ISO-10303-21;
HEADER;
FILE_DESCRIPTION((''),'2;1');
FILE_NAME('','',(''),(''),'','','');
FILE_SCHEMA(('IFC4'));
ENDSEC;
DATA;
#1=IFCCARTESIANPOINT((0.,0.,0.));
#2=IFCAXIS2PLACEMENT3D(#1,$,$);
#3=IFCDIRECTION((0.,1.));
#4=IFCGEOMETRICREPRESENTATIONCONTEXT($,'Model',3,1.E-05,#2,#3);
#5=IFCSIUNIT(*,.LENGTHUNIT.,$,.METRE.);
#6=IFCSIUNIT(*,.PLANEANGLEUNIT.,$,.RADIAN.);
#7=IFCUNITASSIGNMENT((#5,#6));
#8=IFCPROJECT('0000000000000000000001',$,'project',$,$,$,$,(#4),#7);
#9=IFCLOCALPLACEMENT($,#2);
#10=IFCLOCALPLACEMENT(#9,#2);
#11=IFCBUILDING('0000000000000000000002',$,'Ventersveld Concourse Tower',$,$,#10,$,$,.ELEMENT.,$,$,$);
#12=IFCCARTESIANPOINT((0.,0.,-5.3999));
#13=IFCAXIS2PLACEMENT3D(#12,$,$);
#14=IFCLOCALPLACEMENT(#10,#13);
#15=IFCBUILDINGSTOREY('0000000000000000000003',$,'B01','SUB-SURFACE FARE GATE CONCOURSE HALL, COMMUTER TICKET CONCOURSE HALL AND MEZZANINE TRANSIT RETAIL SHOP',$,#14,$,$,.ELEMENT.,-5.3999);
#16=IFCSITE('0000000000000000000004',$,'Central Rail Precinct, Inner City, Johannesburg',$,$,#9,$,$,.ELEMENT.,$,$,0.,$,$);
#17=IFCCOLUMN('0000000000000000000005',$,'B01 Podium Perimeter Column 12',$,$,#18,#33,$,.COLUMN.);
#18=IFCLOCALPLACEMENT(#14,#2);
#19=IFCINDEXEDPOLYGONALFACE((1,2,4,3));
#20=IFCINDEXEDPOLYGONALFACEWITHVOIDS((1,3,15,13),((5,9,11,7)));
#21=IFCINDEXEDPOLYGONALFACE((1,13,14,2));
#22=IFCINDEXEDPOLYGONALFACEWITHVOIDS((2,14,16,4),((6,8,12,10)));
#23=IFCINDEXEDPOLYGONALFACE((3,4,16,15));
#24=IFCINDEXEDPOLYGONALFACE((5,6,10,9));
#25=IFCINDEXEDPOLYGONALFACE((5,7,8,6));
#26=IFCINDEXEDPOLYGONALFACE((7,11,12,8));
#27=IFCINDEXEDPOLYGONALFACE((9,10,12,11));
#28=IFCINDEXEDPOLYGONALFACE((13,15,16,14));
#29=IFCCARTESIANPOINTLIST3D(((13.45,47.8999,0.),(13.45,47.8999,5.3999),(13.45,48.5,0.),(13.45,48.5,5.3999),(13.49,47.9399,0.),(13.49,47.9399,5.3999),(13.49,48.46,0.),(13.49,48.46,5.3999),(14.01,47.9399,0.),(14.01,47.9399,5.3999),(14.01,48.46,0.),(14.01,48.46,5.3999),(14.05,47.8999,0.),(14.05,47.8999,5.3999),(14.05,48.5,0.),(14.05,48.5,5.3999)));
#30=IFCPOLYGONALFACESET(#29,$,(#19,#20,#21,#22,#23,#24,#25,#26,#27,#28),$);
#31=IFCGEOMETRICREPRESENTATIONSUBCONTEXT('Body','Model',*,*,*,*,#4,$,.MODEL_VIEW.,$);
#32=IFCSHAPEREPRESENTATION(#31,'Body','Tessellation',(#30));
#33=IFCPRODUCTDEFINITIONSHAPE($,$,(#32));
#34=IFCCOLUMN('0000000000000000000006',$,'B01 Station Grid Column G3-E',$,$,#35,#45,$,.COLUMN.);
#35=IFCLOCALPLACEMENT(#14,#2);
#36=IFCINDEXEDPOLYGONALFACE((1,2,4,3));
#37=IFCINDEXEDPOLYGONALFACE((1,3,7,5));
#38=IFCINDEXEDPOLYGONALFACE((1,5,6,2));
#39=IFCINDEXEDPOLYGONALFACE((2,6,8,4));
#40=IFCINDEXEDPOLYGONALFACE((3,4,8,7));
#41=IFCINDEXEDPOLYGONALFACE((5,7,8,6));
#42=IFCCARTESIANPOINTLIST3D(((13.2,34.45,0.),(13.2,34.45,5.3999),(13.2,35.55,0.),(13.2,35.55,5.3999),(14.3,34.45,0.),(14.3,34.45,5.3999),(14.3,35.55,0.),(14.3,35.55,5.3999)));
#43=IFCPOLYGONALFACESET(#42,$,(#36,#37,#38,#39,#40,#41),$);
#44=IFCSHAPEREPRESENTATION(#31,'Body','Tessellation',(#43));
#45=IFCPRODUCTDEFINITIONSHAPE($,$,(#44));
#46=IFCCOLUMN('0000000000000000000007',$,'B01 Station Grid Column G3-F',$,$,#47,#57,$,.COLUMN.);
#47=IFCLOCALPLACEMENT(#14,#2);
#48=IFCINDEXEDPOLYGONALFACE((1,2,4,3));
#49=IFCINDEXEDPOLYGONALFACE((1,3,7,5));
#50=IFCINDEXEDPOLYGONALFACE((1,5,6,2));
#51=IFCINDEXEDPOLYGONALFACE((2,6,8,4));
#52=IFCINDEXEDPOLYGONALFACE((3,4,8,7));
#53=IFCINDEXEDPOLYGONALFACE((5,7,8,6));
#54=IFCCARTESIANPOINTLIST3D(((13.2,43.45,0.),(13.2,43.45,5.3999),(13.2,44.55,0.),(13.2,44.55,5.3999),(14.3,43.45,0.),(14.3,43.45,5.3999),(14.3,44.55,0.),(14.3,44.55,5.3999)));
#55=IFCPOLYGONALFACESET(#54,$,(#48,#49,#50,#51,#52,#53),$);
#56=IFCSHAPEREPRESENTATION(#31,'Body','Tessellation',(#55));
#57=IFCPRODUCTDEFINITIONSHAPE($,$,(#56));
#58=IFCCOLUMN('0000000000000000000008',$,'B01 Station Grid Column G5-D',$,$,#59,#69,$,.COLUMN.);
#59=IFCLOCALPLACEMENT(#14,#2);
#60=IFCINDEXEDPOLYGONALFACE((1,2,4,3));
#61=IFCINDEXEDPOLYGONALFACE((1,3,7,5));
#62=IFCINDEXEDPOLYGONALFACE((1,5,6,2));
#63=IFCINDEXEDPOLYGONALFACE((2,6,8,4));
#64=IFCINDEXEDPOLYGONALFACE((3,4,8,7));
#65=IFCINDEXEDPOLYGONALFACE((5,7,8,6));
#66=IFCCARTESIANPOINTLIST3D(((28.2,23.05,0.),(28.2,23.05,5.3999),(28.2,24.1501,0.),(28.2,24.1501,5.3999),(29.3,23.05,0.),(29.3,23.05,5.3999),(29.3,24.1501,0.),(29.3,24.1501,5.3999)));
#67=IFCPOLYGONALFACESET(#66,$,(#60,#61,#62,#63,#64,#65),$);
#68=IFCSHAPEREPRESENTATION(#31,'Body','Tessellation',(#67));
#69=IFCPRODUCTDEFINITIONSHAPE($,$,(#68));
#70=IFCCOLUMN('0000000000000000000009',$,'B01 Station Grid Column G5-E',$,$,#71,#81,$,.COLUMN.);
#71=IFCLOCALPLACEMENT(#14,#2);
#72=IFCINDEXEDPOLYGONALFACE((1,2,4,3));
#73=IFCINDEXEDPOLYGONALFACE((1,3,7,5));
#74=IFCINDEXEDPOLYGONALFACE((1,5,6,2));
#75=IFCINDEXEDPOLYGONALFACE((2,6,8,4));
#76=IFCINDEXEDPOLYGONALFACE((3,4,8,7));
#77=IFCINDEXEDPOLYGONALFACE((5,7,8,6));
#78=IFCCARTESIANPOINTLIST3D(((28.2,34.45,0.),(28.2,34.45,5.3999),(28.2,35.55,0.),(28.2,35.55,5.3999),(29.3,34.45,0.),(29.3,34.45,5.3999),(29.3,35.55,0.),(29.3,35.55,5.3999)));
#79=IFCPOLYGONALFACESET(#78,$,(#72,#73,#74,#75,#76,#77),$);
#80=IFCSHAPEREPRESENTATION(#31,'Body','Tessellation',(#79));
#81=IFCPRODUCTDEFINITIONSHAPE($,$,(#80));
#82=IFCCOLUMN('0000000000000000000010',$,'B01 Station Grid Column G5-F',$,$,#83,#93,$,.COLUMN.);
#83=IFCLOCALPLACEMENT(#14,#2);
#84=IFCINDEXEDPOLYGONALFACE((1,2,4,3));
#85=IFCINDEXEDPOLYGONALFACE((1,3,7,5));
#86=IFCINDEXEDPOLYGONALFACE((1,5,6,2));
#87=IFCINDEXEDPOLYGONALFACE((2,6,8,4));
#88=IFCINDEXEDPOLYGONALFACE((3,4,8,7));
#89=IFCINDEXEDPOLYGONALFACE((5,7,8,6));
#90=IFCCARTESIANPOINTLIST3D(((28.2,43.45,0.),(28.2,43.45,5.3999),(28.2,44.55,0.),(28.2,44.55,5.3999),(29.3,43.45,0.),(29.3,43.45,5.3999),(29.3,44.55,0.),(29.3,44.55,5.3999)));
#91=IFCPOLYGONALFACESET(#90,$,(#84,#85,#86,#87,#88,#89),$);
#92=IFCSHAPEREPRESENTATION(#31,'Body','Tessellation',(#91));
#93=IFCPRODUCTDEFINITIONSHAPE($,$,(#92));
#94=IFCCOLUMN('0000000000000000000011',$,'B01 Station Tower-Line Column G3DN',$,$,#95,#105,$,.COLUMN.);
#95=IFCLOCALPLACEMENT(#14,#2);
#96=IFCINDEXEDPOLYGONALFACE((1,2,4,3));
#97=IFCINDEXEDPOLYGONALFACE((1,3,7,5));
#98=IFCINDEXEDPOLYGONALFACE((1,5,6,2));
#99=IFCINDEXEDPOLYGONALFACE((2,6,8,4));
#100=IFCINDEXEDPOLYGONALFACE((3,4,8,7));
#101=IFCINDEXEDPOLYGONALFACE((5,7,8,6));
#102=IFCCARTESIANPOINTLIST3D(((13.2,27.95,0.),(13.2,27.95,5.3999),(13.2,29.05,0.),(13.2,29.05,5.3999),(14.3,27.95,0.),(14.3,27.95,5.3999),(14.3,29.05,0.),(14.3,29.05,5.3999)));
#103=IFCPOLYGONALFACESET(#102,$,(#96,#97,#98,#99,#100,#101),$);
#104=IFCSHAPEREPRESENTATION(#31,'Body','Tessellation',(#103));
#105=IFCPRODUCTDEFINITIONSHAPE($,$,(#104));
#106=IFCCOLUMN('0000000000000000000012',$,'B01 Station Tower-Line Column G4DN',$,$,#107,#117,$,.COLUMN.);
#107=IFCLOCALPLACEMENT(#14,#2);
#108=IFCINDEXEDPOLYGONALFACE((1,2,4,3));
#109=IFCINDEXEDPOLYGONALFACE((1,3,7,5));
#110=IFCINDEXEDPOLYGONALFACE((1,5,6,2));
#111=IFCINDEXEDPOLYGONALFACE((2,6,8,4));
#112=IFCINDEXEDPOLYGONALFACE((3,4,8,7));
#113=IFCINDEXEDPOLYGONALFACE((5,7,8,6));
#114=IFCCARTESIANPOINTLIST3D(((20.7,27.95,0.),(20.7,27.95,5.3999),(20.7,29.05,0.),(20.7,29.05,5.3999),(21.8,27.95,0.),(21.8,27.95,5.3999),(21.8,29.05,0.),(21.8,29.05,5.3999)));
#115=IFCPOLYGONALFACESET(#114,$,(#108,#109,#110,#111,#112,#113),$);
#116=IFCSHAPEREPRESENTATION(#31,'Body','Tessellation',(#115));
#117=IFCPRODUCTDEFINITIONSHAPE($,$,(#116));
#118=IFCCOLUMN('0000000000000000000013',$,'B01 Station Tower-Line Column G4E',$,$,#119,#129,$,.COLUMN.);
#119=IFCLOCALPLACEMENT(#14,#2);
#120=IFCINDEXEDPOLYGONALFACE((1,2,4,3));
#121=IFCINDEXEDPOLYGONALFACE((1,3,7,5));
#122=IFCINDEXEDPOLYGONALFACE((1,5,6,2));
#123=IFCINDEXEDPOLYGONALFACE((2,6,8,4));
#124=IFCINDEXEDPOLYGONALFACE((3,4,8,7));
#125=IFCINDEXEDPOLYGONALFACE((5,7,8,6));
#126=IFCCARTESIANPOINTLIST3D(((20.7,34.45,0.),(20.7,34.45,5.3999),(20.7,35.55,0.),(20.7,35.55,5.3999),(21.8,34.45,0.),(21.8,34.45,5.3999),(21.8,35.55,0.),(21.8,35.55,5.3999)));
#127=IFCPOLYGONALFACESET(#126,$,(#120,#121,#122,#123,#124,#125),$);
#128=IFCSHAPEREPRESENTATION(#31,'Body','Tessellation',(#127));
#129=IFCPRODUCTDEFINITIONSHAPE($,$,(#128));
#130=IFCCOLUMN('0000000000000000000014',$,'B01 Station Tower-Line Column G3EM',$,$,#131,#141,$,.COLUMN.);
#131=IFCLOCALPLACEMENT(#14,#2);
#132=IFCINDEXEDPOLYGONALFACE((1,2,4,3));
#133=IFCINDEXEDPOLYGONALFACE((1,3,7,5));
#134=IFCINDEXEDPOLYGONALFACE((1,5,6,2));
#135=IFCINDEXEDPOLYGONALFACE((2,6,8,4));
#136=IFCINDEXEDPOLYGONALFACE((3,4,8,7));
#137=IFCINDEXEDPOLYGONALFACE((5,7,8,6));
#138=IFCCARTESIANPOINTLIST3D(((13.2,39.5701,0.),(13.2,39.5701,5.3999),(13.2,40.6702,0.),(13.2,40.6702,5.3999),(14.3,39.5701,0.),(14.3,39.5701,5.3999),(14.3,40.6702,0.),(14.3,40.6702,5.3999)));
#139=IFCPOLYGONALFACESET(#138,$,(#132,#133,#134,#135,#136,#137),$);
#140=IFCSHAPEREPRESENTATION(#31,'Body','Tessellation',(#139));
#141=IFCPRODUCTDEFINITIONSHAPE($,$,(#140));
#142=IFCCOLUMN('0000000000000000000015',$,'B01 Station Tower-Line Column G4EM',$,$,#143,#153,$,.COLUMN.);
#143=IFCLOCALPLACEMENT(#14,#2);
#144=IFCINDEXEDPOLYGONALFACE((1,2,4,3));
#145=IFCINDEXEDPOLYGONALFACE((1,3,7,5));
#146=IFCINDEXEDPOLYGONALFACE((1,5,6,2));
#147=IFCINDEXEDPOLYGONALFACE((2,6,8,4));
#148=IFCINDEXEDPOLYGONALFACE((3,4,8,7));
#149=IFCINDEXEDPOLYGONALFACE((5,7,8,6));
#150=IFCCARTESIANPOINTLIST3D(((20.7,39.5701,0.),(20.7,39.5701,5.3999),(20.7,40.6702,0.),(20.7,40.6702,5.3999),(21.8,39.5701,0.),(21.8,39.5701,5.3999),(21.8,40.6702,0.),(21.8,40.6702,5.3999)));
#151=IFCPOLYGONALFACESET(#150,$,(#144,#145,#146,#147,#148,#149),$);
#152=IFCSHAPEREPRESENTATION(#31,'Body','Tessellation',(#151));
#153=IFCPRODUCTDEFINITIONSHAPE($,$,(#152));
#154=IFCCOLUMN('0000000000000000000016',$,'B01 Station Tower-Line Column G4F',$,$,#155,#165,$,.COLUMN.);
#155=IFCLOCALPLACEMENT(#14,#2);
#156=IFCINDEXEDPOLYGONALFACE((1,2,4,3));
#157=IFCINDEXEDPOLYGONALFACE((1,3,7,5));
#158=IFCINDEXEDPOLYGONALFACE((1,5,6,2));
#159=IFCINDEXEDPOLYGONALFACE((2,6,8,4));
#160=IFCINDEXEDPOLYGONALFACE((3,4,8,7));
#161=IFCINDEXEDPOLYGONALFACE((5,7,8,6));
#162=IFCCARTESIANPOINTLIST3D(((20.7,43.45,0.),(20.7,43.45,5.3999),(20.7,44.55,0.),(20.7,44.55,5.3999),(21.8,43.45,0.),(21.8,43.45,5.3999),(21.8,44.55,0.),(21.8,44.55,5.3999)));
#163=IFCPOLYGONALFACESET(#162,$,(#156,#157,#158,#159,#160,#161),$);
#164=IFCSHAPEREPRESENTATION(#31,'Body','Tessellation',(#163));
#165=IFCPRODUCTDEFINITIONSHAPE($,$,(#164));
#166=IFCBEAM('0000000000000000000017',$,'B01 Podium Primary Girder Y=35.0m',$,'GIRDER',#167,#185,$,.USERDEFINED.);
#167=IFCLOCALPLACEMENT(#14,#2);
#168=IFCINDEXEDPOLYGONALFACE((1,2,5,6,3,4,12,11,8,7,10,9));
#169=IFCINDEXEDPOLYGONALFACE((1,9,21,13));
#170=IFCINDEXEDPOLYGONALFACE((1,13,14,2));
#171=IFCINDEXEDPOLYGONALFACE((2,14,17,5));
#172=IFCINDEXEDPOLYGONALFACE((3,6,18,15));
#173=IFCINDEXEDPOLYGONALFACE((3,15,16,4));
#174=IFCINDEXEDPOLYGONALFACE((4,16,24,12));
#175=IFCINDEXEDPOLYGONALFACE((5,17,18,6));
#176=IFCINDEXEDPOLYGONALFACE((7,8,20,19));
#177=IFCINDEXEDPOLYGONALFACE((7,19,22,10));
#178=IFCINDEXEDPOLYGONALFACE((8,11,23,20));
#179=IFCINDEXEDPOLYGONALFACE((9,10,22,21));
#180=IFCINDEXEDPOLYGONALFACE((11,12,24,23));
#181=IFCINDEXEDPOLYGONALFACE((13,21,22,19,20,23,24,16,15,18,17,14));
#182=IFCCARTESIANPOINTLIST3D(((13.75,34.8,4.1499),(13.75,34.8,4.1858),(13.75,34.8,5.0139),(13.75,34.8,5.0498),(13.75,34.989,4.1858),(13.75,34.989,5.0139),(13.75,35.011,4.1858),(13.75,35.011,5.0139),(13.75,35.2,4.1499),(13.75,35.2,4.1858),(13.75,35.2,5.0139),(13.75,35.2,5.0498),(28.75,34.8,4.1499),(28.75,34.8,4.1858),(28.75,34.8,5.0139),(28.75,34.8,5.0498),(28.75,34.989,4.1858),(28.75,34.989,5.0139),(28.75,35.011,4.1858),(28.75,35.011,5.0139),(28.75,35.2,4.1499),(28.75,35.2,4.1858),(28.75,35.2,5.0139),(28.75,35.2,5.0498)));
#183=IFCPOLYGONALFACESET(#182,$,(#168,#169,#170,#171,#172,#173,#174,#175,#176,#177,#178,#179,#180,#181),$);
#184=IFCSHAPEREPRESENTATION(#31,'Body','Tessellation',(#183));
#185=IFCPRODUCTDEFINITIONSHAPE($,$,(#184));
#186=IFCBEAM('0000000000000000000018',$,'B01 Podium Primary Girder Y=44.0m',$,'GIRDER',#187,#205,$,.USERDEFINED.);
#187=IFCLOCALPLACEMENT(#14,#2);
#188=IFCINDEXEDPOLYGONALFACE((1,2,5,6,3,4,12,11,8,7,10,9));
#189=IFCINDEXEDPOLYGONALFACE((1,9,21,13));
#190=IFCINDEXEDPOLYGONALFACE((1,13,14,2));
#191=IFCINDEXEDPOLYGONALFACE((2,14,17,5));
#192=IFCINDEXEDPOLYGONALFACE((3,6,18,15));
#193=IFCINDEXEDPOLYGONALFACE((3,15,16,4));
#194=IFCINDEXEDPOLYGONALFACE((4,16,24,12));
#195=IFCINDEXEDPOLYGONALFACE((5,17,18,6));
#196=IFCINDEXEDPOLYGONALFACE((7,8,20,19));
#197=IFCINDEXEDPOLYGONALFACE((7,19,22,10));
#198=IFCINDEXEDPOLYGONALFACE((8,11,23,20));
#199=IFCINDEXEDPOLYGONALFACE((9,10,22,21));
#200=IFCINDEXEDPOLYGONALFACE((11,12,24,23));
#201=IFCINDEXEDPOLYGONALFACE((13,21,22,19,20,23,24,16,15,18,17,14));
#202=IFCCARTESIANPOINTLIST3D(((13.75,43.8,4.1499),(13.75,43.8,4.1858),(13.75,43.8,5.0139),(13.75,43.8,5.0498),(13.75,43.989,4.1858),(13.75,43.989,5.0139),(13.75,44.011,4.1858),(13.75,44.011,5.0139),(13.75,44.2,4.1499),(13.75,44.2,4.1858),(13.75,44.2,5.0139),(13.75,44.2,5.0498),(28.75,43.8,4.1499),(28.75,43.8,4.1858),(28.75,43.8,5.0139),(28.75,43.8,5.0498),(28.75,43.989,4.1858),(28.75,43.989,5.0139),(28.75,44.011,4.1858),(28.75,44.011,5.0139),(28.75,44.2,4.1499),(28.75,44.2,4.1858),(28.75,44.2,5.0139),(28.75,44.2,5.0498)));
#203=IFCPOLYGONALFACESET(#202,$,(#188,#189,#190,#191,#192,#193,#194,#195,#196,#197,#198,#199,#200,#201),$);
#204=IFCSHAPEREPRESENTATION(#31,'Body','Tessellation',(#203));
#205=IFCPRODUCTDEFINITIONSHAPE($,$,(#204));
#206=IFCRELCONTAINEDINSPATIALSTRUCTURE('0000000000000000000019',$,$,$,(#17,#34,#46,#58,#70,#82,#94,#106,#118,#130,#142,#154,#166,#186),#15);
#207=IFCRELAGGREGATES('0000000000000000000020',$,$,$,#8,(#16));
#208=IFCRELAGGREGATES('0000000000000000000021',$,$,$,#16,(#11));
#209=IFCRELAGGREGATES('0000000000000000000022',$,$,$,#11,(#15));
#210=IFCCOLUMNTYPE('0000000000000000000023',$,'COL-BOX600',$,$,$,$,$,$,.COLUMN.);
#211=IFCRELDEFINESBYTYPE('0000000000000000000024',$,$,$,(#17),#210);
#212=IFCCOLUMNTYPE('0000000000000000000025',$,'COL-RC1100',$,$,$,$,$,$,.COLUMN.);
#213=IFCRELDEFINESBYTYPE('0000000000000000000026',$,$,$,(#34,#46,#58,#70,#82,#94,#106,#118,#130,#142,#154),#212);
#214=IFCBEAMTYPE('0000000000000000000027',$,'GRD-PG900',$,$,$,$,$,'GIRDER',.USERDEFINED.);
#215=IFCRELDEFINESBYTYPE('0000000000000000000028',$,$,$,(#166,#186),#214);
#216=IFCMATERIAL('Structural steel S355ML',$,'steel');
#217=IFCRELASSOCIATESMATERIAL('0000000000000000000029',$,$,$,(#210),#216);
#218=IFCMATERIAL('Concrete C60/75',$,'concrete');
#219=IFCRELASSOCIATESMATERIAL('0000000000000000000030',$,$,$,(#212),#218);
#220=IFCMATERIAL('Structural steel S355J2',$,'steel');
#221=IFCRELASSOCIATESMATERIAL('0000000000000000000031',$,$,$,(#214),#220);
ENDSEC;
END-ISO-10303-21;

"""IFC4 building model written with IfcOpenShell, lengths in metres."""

from ifc_helpers import new_model, si_unit, direction, frame, origin, origin_2d, place, context, subcontext, project, spatial, rectangle, hollow_rectangle, i_section, extrude, material, material_profile, profile_set, type_object, element, save


model = new_model("IFC4")

# Units and contexts
model_context = context("Model", 3, precision=1e-05, world=origin(), true_north=direction((0.0, 1.0)))
body_context = subcontext(model_context, "Body", "Model", "MODEL_VIEW")
ifc_project = project(units=[si_unit("LENGTHUNIT", "METRE"), si_unit("PLANEANGLEUNIT", "RADIAN")], contexts=[model_context])

# Site, building, storey
site_placement = place(None, origin())
site = spatial("IfcSite", under=ifc_project, at=site_placement, Name="Central Rail Precinct, Inner City, Johannesburg", CompositionType="ELEMENT", RefElevation=0.0)
building_placement = place(site_placement, origin())
building = spatial("IfcBuilding", under=site, at=building_placement, Name="Ventersveld Concourse Tower", CompositionType="ELEMENT")
storey_placement = place(building_placement, frame((0.0, 0.0, -5.3999)))
storey = spatial("IfcBuildingStorey", under=building, at=storey_placement, Name="B01", Description="SUB-SURFACE FARE GATE CONCOURSE HALL, COMMUTER TICKET CONCOURSE HALL AND MEZZANINE TRANSIT RETAIL SHOP", CompositionType="ELEMENT", Elevation=-5.3999)

# Columns
ifc_material_1 = material(Name="Structural steel S355ML", Category="steel")
ifc_material_profile_1 = material_profile(ifc_material_1, hollow_rectangle(XDim=0.6001, YDim=0.6001, WallThickness=0.04, at=origin_2d()), Name="BOX 600x600x40")
ifc_profile_set_1 = profile_set([ifc_material_profile_1], Name="Structural steel S355ML")
column_type_1 = type_object("IfcColumnType", Name="COL-BOX600", PredefinedType="COLUMN", material=ifc_profile_set_1)
column_placement = place(storey_placement, frame((13.75, 48.2, 0.0), z_axis=(0.0, 0.0, 1.0), x_axis=(1.0, 0.0, 0.0)))
element("IfcColumn", 1, at=column_placement, inside=storey, type_object=column_type_1, Name="B01 Podium Perimeter Column 12", PredefinedType="COLUMN", context=body_context, shape_type="SweptSolid", body=[
    extrude(hollow_rectangle(XDim=0.6001, YDim=0.6001, WallThickness=0.04, at=origin_2d()), origin(), (0.0, 0.0, 1.0), 5.3999),
])
ifc_material_2 = material(Name="Concrete C60/75", Category="concrete")
ifc_material_profile_2 = material_profile(ifc_material_2, rectangle(XDim=1.1001, YDim=1.1001, at=origin_2d()), Name="RC 1100x1100")
ifc_profile_set_2 = profile_set([ifc_material_profile_2], Name="Concrete C60/75")
column_type_2 = type_object("IfcColumnType", Name="COL-RC1100", PredefinedType="COLUMN", material=ifc_profile_set_2)
for number, where, z_axis, x_axis, name in (
    (2, (13.75, 35.0, 0.0), (0.0, 0.0, 1.0), (1.0, 0.0, 0.0), "B01 Station Grid Column G3-E"),
    (3, (13.75, 44.0, 0.0), (0.0, 0.0, 1.0), (1.0, 0.0, 0.0), "B01 Station Grid Column G3-F"),
    (4, (28.75, 23.6001, 0.0), (0.0, 0.0, 1.0), (1.0, 0.0, 0.0), "B01 Station Grid Column G5-D"),
    (5, (28.75, 35.0, 0.0), (0.0, 0.0, 1.0), (1.0, 0.0, 0.0), "B01 Station Grid Column G5-E"),
    (6, (28.75, 44.0, 0.0), (0.0, 0.0, 1.0), (1.0, 0.0, 0.0), "B01 Station Grid Column G5-F"),
    (7, (13.75, 28.5, 0.0), (0.0, 0.0, 1.0), (1.0, 0.0, 0.0), "B01 Station Tower-Line Column G3DN"),
    (8, (21.25, 28.5, 0.0), (0.0, 0.0, 1.0), (1.0, 0.0, 0.0), "B01 Station Tower-Line Column G4DN"),
    (9, (21.25, 35.0, 0.0), (0.0, 0.0, 1.0), (1.0, 0.0, 0.0), "B01 Station Tower-Line Column G4E"),
    (10, (13.75, 40.1201, 0.0), (0.0, 0.0, 1.0), (1.0, 0.0, 0.0), "B01 Station Tower-Line Column G3EM"),
    (11, (21.25, 40.1201, 0.0), (0.0, 0.0, 1.0), (1.0, 0.0, 0.0), "B01 Station Tower-Line Column G4EM"),
    (12, (21.25, 44.0, 0.0), (0.0, 0.0, 1.0), (1.0, 0.0, 0.0), "B01 Station Tower-Line Column G4F"),
):
    element("IfcColumn", number, at=place(storey_placement, frame(where, z_axis=z_axis, x_axis=x_axis)), inside=storey, type_object=column_type_2, Name=name, PredefinedType="COLUMN", context=body_context, shape_type="SweptSolid", body=[
        extrude(rectangle(XDim=1.1001, YDim=1.1001, at=origin_2d()), origin(), (0.0, 0.0, 1.0), 5.3999),
    ])

# Beams
ifc_material_3 = material(Name="Structural steel S355J2", Category="steel")
ifc_material_profile_3 = material_profile(ifc_material_3, i_section(OverallWidth=0.3999, OverallDepth=0.8999, WebThickness=0.022, FlangeThickness=0.0359, at=origin_2d()), Name="PG 900x400x36")
ifc_profile_set_3 = profile_set([ifc_material_profile_3], Name="Structural steel S355J2")
beam_type_1 = type_object("IfcBeamType", Name="GRD-PG900", ElementType="GIRDER", PredefinedType="USERDEFINED", material=ifc_profile_set_3)
for number, where, z_axis, x_axis, name in (
    (13, (13.75, 35.0, 4.5999), (1.0, 0.0, 0.0), (0.0, 1.0, 0.0), "B01 Podium Primary Girder Y=35.0m"),
    (14, (13.75, 44.0, 4.5999), (1.0, 0.0, 0.0), (0.0, 1.0, 0.0), "B01 Podium Primary Girder Y=44.0m"),
):
    element("IfcBeam", number, at=place(storey_placement, frame(where, z_axis=z_axis, x_axis=x_axis)), inside=storey, type_object=beam_type_1, Name=name, ObjectType="GIRDER", PredefinedType="USERDEFINED", context=body_context, shape_type="SweptSolid", body=[
        extrude(i_section(OverallWidth=0.3999, OverallDepth=0.8999, WebThickness=0.022, FlangeThickness=0.0359, at=origin_2d()), origin(), (0.0, 0.0, 1.0), 15.0),
    ])

save(model, "model.ifc")
